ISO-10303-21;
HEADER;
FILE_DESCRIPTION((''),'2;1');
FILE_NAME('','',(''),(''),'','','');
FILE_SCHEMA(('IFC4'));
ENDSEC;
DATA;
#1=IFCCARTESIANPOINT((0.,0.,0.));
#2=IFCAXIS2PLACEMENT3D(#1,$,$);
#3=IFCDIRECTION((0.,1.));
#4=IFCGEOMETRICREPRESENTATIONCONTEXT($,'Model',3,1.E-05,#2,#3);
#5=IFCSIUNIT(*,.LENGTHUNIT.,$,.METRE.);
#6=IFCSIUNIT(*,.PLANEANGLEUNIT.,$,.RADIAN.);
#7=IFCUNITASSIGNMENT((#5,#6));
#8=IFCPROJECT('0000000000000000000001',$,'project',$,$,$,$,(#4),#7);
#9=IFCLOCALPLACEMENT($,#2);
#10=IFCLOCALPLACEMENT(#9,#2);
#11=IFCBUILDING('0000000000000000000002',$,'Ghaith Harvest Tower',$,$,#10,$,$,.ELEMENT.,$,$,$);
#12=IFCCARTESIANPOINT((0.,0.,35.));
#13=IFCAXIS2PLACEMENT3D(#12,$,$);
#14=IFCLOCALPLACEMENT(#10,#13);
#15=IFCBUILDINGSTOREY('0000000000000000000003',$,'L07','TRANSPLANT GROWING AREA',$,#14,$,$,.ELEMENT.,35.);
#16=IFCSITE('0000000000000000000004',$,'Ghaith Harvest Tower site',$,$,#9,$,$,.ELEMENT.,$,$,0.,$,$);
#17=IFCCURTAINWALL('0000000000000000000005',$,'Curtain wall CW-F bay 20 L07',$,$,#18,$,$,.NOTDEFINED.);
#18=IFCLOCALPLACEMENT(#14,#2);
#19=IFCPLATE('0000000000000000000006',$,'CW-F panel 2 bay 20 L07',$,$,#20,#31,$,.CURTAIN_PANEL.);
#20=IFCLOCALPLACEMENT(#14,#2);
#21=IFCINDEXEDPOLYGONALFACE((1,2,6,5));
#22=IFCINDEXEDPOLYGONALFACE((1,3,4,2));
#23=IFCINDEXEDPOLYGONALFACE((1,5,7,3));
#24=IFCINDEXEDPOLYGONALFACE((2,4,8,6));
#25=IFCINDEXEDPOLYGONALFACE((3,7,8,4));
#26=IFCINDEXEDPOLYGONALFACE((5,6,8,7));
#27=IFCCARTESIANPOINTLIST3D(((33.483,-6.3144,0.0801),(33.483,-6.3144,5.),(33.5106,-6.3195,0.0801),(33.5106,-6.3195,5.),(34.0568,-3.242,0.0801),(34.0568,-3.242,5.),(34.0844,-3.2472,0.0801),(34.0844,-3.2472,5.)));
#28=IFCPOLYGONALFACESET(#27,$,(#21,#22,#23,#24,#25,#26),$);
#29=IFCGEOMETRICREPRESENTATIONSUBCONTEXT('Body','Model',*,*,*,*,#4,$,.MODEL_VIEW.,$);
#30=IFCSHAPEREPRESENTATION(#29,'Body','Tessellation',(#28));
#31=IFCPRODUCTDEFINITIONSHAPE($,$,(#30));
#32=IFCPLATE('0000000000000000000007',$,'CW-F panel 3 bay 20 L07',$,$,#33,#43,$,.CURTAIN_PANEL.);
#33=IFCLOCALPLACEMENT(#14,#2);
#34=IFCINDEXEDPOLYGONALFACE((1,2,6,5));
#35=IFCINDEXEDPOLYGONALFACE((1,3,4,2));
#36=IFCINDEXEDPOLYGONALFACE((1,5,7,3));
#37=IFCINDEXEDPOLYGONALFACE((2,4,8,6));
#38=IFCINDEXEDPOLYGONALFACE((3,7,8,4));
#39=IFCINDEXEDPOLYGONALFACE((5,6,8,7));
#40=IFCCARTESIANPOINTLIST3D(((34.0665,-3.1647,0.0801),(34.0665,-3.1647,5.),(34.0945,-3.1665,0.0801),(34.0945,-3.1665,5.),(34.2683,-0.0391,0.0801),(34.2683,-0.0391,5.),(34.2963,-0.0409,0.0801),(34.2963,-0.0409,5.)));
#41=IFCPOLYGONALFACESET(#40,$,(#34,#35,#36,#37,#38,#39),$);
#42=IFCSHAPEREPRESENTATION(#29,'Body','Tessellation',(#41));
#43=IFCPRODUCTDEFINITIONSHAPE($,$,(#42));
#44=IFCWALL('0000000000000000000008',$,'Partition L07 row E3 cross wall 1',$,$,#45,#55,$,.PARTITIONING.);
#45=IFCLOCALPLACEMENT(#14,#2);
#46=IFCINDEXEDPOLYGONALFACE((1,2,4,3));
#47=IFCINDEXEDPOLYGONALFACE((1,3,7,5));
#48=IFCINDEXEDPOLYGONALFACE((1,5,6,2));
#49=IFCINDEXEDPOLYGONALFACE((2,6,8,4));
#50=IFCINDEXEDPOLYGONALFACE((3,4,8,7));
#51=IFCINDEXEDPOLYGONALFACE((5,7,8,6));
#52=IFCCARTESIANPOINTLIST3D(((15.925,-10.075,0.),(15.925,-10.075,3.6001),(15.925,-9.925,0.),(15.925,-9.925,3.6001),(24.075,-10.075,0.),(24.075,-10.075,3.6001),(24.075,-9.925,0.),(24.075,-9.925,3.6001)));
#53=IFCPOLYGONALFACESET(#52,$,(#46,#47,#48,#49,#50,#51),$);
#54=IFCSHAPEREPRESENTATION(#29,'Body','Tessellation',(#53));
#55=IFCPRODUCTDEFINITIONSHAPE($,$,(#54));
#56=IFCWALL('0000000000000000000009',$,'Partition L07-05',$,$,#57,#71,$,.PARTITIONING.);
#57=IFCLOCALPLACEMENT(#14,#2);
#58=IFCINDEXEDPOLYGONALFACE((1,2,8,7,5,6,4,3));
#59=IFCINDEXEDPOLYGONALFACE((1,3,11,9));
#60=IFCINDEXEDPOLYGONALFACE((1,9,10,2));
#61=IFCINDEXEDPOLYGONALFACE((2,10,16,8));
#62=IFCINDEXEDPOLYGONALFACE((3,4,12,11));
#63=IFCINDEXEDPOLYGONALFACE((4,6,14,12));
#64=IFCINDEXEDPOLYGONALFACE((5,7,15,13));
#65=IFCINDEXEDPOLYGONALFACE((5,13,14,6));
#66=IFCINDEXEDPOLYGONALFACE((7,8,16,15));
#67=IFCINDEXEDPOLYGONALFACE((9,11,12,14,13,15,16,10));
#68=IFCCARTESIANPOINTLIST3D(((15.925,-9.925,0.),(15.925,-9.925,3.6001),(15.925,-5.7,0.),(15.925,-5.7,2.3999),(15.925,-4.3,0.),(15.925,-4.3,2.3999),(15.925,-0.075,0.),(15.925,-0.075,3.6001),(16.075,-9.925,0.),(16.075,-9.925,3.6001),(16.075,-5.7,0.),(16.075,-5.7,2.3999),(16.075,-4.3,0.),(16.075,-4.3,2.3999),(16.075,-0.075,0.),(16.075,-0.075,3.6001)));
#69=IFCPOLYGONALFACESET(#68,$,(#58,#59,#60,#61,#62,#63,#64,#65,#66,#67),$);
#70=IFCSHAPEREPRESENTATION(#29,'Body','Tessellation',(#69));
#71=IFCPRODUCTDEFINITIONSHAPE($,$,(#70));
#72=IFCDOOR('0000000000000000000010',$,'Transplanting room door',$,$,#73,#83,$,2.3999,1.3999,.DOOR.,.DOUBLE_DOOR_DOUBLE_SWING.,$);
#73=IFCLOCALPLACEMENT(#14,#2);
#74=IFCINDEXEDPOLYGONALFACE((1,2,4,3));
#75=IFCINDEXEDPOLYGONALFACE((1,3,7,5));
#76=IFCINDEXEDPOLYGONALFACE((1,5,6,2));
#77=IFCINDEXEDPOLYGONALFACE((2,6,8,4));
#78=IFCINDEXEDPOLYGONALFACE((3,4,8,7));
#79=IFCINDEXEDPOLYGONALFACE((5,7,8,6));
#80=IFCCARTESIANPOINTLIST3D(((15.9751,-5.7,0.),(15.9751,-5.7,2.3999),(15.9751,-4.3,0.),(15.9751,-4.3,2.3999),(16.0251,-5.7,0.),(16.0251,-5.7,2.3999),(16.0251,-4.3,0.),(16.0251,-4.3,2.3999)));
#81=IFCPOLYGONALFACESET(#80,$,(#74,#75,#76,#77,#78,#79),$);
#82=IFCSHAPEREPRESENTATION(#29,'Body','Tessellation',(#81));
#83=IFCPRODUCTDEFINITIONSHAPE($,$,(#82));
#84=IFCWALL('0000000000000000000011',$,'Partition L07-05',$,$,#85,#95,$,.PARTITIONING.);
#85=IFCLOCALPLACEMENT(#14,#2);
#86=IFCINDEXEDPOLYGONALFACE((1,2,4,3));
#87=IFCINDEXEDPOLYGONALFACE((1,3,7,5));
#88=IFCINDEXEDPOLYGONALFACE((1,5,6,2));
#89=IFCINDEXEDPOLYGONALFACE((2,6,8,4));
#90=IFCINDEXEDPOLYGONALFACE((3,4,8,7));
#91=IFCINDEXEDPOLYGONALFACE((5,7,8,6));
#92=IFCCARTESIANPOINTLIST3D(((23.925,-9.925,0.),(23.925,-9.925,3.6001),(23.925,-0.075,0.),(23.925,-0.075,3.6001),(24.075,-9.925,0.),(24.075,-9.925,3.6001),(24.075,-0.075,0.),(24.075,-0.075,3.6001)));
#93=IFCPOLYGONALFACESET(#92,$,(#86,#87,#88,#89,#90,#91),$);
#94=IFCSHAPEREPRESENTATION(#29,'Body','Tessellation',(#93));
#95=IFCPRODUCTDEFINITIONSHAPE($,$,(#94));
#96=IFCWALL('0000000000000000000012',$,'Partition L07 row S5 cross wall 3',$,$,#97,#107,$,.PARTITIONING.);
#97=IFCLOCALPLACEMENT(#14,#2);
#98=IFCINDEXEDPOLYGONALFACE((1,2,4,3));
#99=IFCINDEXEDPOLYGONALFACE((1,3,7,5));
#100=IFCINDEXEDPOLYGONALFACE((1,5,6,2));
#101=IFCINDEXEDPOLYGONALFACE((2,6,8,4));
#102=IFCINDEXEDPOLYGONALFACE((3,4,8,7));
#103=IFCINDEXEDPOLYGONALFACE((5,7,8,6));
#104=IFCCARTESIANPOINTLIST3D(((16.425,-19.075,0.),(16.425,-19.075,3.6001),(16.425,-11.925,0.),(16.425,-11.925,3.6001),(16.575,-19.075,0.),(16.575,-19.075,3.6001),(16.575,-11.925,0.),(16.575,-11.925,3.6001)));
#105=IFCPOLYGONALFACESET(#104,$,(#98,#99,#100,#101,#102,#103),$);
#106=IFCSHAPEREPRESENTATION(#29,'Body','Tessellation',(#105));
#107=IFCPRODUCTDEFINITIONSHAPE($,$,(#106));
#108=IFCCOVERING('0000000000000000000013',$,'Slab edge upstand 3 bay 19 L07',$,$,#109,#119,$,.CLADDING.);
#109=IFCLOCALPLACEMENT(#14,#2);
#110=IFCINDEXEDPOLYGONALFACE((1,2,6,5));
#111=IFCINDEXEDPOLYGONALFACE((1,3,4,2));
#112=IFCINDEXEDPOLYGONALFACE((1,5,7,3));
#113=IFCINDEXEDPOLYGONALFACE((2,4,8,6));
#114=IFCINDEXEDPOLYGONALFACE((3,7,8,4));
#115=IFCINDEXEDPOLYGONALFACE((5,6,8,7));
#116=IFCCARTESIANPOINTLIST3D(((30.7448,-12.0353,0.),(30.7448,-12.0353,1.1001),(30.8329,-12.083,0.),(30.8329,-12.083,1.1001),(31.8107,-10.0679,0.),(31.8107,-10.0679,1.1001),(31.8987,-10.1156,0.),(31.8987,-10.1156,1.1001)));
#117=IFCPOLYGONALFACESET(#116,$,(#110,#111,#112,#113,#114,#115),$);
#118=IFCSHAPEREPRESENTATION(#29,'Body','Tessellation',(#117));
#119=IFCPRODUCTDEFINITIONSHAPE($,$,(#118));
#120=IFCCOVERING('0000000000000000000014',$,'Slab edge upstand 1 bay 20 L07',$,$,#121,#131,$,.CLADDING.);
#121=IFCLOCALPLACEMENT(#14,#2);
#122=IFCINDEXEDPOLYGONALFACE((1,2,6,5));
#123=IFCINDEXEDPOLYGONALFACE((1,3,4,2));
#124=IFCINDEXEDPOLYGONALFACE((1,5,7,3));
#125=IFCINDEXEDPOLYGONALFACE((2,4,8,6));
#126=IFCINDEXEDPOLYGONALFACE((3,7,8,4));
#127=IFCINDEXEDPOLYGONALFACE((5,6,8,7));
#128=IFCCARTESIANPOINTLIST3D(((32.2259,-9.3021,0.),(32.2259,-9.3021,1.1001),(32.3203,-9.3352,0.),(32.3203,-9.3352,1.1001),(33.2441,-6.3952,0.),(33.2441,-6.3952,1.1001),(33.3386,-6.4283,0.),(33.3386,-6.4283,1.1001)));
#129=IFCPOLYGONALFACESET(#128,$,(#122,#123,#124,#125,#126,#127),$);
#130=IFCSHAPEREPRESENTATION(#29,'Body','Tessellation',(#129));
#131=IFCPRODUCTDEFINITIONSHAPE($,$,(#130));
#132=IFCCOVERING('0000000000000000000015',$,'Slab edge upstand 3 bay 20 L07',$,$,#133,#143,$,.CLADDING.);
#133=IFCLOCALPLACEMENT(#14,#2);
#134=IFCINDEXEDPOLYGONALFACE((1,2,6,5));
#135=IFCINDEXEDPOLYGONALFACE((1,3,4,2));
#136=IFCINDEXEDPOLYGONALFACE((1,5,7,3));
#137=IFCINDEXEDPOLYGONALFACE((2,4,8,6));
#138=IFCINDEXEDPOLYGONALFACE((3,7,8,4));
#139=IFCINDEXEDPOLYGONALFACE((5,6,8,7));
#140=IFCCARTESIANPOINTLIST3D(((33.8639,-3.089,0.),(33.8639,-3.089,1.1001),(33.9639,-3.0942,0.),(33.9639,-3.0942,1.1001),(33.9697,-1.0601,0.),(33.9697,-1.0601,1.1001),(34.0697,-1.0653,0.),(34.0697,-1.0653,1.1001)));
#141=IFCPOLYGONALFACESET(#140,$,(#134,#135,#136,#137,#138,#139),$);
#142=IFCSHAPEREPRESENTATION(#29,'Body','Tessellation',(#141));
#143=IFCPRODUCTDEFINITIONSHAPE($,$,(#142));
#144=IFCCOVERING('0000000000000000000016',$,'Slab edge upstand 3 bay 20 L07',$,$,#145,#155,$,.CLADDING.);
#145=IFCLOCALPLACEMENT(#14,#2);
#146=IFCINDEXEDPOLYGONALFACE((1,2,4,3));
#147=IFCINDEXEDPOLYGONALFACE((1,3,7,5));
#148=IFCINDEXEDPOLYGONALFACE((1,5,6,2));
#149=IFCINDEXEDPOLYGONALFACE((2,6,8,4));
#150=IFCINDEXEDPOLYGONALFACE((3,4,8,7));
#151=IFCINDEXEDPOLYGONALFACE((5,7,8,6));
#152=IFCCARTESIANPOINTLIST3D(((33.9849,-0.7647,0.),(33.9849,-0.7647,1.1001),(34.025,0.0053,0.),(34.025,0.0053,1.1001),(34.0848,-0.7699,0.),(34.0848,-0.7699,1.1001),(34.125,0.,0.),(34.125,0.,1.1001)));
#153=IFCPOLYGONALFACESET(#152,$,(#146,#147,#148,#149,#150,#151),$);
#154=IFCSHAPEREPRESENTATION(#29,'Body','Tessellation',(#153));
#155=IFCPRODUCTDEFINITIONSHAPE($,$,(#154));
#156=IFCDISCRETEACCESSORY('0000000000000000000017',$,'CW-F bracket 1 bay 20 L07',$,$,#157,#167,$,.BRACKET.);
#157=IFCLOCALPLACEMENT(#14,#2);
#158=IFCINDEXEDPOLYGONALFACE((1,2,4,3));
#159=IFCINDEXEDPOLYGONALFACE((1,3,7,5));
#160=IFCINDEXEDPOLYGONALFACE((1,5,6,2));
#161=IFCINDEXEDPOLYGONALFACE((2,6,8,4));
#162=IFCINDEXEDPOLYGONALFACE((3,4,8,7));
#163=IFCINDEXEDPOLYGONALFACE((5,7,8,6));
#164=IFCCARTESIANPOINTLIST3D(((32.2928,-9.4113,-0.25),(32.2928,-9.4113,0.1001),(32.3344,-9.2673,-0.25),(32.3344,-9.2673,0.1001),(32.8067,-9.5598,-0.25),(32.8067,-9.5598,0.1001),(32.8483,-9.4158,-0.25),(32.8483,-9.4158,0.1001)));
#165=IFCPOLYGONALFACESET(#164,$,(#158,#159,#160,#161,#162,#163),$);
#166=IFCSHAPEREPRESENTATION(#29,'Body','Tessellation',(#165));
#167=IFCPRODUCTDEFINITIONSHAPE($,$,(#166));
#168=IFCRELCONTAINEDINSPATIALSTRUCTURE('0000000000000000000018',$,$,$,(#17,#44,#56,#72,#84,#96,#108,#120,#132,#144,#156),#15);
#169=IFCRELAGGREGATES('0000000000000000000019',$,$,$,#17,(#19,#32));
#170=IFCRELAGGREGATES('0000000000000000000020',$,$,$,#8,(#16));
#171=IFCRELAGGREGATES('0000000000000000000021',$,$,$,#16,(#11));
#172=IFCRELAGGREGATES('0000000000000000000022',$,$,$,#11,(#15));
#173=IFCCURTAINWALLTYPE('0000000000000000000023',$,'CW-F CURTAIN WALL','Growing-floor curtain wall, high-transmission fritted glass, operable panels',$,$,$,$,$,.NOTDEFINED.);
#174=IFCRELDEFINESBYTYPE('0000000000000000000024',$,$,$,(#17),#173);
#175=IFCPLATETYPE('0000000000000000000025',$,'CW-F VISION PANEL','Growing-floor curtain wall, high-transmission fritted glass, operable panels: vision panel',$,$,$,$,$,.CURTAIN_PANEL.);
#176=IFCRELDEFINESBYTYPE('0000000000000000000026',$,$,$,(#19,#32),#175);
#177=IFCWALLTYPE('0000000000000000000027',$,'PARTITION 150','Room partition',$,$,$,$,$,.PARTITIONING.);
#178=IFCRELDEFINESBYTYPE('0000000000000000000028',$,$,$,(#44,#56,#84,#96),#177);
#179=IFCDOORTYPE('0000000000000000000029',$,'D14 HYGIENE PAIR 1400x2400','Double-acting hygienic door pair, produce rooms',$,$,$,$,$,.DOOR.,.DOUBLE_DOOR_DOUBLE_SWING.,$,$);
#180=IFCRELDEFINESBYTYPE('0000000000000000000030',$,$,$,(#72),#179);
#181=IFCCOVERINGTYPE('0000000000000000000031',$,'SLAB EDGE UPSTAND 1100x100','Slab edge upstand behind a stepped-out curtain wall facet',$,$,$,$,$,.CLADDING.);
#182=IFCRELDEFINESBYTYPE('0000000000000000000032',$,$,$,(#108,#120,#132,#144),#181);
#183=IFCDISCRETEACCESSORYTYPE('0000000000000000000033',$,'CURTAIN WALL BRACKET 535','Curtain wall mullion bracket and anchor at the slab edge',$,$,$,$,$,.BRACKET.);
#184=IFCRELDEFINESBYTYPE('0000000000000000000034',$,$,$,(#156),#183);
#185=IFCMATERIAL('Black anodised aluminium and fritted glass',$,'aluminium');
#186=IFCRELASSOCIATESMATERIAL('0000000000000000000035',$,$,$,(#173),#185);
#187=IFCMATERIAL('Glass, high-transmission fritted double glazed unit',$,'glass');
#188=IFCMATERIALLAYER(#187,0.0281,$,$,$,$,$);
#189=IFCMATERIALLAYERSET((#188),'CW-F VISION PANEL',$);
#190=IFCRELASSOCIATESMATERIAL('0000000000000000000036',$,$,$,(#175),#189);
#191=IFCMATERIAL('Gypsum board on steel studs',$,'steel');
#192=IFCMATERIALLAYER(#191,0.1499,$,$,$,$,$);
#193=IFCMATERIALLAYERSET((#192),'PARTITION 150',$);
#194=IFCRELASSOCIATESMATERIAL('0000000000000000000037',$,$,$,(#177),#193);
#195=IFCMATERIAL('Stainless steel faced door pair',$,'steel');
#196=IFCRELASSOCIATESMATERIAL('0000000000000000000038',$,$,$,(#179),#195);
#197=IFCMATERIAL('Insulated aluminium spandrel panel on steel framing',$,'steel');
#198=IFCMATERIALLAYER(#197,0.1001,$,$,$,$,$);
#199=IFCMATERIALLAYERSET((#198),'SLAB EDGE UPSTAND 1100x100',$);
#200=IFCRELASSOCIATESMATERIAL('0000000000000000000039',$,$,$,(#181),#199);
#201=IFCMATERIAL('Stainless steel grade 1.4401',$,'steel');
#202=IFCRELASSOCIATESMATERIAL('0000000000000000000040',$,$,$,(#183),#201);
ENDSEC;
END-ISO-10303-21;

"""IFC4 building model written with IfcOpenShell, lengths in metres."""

from ifc_helpers import new_model, si_unit, direction, frame, frame_2d, origin, origin_2d, place, context, subcontext, project, spatial, rectangle, extrude, material, layer, layer_set, type_object, element, fill, aggregate, save


model = new_model("IFC4")

# Units and contexts
model_context = context("Model", 3, precision=1e-05, world=origin(), true_north=direction((0.0, 1.0)))
body_context = subcontext(model_context, "Body", "Model", "MODEL_VIEW")
ifc_project = project(units=[si_unit("LENGTHUNIT", "METRE"), si_unit("PLANEANGLEUNIT", "RADIAN")], contexts=[model_context])

# Site, building, storey
site_placement = place(None, origin())
site = spatial("IfcSite", under=ifc_project, at=site_placement, Name="Ghaith Harvest Tower site", CompositionType="ELEMENT", RefElevation=0.0)
building_placement = place(site_placement, origin())
building = spatial("IfcBuilding", under=site, at=building_placement, Name="Ghaith Harvest Tower", CompositionType="ELEMENT")
storey_placement = place(building_placement, frame((0.0, 0.0, 35.0)))
storey = spatial("IfcBuildingStorey", under=building, at=storey_placement, Name="L07", Description="TRANSPLANT GROWING AREA", CompositionType="ELEMENT", Elevation=35.0)

# Shared definitions
ifc_material_1 = material(Name="Black anodised aluminium and fritted glass", Category="aluminium")
curtain_wall_type = type_object("IfcCurtainWallType", Name="CW-F CURTAIN WALL", Description="Growing-floor curtain wall, high-transmission fritted glass, operable panels", PredefinedType="NOTDEFINED", material=ifc_material_1)

# Curtain wall
curtain_wall_1_placement = place(storey_placement, origin())
curtain_wall_1 = element("IfcCurtainWall", 1, at=curtain_wall_1_placement, inside=storey, type_object=curtain_wall_type, Name="Curtain wall CW-F bay 20 L07", PredefinedType="NOTDEFINED")

# Plates
ifc_material_2 = material(Name="Glass, high-transmission fritted double glazed unit", Category="glass")
ifc_layer_1 = layer(ifc_material_2, 0.0281)
ifc_layer_set_1 = layer_set([ifc_layer_1], Name="CW-F VISION PANEL")
plate_type = type_object("IfcPlateType", Name="CW-F VISION PANEL", Description="Growing-floor curtain wall, high-transmission fritted glass, operable panels: vision panel", PredefinedType="CURTAIN_PANEL", material=ifc_layer_set_1)
plate_1_placement = place(storey_placement, frame((33.7837, -4.7808, 0.0801), z_axis=(0.0, 0.0, 1.0), x_axis=(0.183569, 0.983007, 0.0)))
plate_1 = element("IfcPlate", 2, at=plate_1_placement, type_object=plate_type, Name="CW-F panel 2 bay 20 L07", PredefinedType="CURTAIN_PANEL", context=body_context, shape_type="SweptSolid", body=[
    extrude(rectangle(XDim=3.1255, YDim=0.0281, at=origin_2d()), origin(), (0.0, 0.0, 1.0), 4.9199),
])
plate_2_placement = place(storey_placement, frame((34.1814, -1.6028, 0.0801), z_axis=(0.0, 0.0, 1.0), x_axis=(0.064446, 0.997921, 0.0)))
plate_2 = element("IfcPlate", 3, at=plate_2_placement, type_object=plate_type, Name="CW-F panel 3 bay 20 L07", PredefinedType="CURTAIN_PANEL", context=body_context, shape_type="SweptSolid", body=[
    extrude(rectangle(XDim=3.1321, YDim=0.0281, at=origin_2d()), origin(), (0.0, 0.0, 1.0), 4.9199),
])
aggregate(curtain_wall_1, [plate_1, plate_2])

# Wall
ifc_material_3 = material(Name="Gypsum board on steel studs", Category="steel")
ifc_layer_2 = layer(ifc_material_3, 0.1499)
ifc_layer_set_2 = layer_set([ifc_layer_2], Name="PARTITION 150")
wall_type = type_object("IfcWallType", Name="PARTITION 150", Description="Room partition", PredefinedType="PARTITIONING", material=ifc_layer_set_2)
wall_1_placement = place(storey_placement, frame((15.925, -10.0, 0.0), z_axis=(0.0, 0.0, 1.0), x_axis=(1.0, 0.0, 0.0)))
element("IfcWall", 4, at=wall_1_placement, inside=storey, type_object=wall_type, Name="Partition L07 row E3 cross wall 1", PredefinedType="PARTITIONING", context=body_context, shape_type="SweptSolid", body=[
    extrude(rectangle(XDim=8.1499, YDim=0.1499, at=frame_2d((4.075, 0.0))), origin(), (0.0, 0.0, 1.0), 3.6001),
])

# Wall, opening, door
wall_2_placement = place(storey_placement, frame((16.0, -9.925, 0.0), z_axis=(0.0, 0.0, 1.0), x_axis=(0.0, 1.0, 0.0)))
wall_2 = element("IfcWall", 5, at=wall_2_placement, inside=storey, type_object=wall_type, Name="Partition L07-05", PredefinedType="PARTITIONING", context=body_context, shape_type="SweptSolid", body=[
    extrude(rectangle(XDim=9.8501, YDim=0.1499, at=frame_2d((4.925, 0.0))), origin(), (0.0, 0.0, 1.0), 3.6001),
])
opening_placement = place(wall_2_placement, frame((4.2251, 0.0, 0.0)))
opening = element("IfcOpeningElement", 6, at=opening_placement, cuts=wall_2, PredefinedType="OPENING", context=body_context, shape_type="SweptSolid", body=[
    extrude(rectangle(XDim=1.3999, YDim=2.3999, at=frame_2d((0.7, 1.2))), frame((0.0, 0.085, 0.0), z_axis=(0.0, -1.0, 0.0), x_axis=(1.0, 0.0, 0.0)), (0.0, 0.0, 1.0), 0.1699),
])
ifc_material_4 = material(Name="Stainless steel faced door pair", Category="steel")
door_type = type_object("IfcDoorType", Name="D14 HYGIENE PAIR 1400x2400", Description="Double-acting hygienic door pair, produce rooms", OperationType="DOUBLE_DOOR_DOUBLE_SWING", PredefinedType="DOOR", material=ifc_material_4)
door_placement = place(opening_placement, origin())
door = element("IfcDoor", 7, at=door_placement, inside=storey, type_object=door_type, Name="Transplanting room door", OperationType="DOUBLE_DOOR_DOUBLE_SWING", OverallHeight=2.3999, OverallWidth=1.3999, PredefinedType="DOOR", context=body_context, shape_type="SweptSolid", body=[
    extrude(rectangle(XDim=1.3999, YDim=2.3999, at=frame_2d((0.7, 1.2))), frame((0.0, 0.0249, 0.0), z_axis=(0.0, -1.0, 0.0), x_axis=(1.0, 0.0, 0.0)), (0.0, 0.0, 1.0), 0.05),
])
fill(opening, door)

# Walls
wall_3_placement = place(storey_placement, frame((24.0, -9.925, 0.0), z_axis=(0.0, 0.0, 1.0), x_axis=(0.0, 1.0, 0.0)))
element("IfcWall", 8, at=wall_3_placement, inside=storey, type_object=wall_type, Name="Partition L07-05", PredefinedType="PARTITIONING", context=body_context, shape_type="SweptSolid", body=[
    extrude(rectangle(XDim=9.8501, YDim=0.1499, at=frame_2d((4.925, 0.0))), origin(), (0.0, 0.0, 1.0), 3.6001),
])
wall_4_placement = place(storey_placement, frame((16.5, -11.925, 0.0), z_axis=(0.0, 0.0, 1.0), x_axis=(0.0, -1.0, 0.0)))
element("IfcWall", 9, at=wall_4_placement, inside=storey, type_object=wall_type, Name="Partition L07 row S5 cross wall 3", PredefinedType="PARTITIONING", context=body_context, shape_type="SweptSolid", body=[
    extrude(rectangle(XDim=7.1499, YDim=0.1499, at=frame_2d((3.575, 0.0))), origin(), (0.0, 0.0, 1.0), 3.6001),
])

# Coverings
ifc_material_5 = material(Name="Insulated aluminium spandrel panel on steel framing", Category="steel")
ifc_layer_3 = layer(ifc_material_5, 0.1001)
ifc_layer_set_3 = layer_set([ifc_layer_3], Name="SLAB EDGE UPSTAND 1100x100")
covering_type = type_object("IfcCoveringType", Name="SLAB EDGE UPSTAND 1100x100", Description="Slab edge upstand behind a stepped-out curtain wall facet", PredefinedType="CLADDING", material=ifc_layer_set_3)
covering_1_placement = place(storey_placement, frame((31.3218, -11.0754, 0.0), z_axis=(0.0, 0.0, 1.0), x_axis=(0.476349, 0.879256, 0.0)))
element("IfcCovering", 10, at=covering_1_placement, inside=storey, type_object=covering_type, Name="Slab edge upstand 3 bay 19 L07", PredefinedType="CLADDING", context=body_context, shape_type="SweptSolid", body=[
    extrude(rectangle(XDim=2.2375, YDim=0.1001, at=origin_2d()), origin(), (0.0, 0.0, 1.0), 1.1001),
])
covering_2_placement = place(storey_placement, frame((32.7822, -7.8652, 0.0), z_axis=(0.0, 0.0, 1.0), x_axis=(0.330598, 0.943772, 0.0)))
element("IfcCovering", 11, at=covering_2_placement, inside=storey, type_object=covering_type, Name="Slab edge upstand 1 bay 20 L07", PredefinedType="CLADDING", context=body_context, shape_type="SweptSolid", body=[
    extrude(rectangle(XDim=3.0801, YDim=0.1001, at=origin_2d()), origin(), (0.0, 0.0, 1.0), 1.1001),
])
covering_3_placement = place(storey_placement, frame((33.9668, -2.0771, 0.0), z_axis=(0.0, 0.0, 1.0), x_axis=(0.052049, 0.998645, 0.0)))
element("IfcCovering", 12, at=covering_3_placement, inside=storey, type_object=covering_type, Name="Slab edge upstand 3 bay 20 L07", PredefinedType="CLADDING", context=body_context, shape_type="SweptSolid", body=[
    extrude(rectangle(XDim=2.0317, YDim=0.1001, at=origin_2d()), origin(), (0.0, 0.0, 1.0), 1.1001),
])
covering_4_placement = place(storey_placement, frame((34.0549, -0.3823, 0.0), z_axis=(0.0, 0.0, 1.0), x_axis=(0.052049, 0.998645, 0.0)))
element("IfcCovering", 13, at=covering_4_placement, inside=storey, type_object=covering_type, Name="Slab edge upstand 3 bay 20 L07", PredefinedType="CLADDING", context=body_context, shape_type="SweptSolid", body=[
    extrude(rectangle(XDim=0.771, YDim=0.1001, at=origin_2d()), origin(), (0.0, 0.0, 1.0), 1.1001),
])

# Discrete accessory
ifc_material_6 = material(Name="Stainless steel grade 1.4401", Category="steel")
discrete_accessory_type = type_object("IfcDiscreteAccessoryType", Name="CURTAIN WALL BRACKET 535", Description="Curtain wall mullion bracket and anchor at the slab edge", PredefinedType="BRACKET", material=ifc_material_6)
discrete_accessory_placement = place(storey_placement, frame((32.5706, -9.4136, -0.25), z_axis=(0.0, 0.0, 1.0), x_axis=(0.96068, -0.277657, 0.0)))
element("IfcDiscreteAccessory", 14, at=discrete_accessory_placement, inside=storey, type_object=discrete_accessory_type, Name="CW-F bracket 1 bay 20 L07", PredefinedType="BRACKET", context=body_context, shape_type="SweptSolid", body=[
    extrude(rectangle(XDim=0.5349, YDim=0.1499, at=origin_2d()), origin(), (0.0, 0.0, 1.0), 0.3501),
])

save(model, "model.ifc")
